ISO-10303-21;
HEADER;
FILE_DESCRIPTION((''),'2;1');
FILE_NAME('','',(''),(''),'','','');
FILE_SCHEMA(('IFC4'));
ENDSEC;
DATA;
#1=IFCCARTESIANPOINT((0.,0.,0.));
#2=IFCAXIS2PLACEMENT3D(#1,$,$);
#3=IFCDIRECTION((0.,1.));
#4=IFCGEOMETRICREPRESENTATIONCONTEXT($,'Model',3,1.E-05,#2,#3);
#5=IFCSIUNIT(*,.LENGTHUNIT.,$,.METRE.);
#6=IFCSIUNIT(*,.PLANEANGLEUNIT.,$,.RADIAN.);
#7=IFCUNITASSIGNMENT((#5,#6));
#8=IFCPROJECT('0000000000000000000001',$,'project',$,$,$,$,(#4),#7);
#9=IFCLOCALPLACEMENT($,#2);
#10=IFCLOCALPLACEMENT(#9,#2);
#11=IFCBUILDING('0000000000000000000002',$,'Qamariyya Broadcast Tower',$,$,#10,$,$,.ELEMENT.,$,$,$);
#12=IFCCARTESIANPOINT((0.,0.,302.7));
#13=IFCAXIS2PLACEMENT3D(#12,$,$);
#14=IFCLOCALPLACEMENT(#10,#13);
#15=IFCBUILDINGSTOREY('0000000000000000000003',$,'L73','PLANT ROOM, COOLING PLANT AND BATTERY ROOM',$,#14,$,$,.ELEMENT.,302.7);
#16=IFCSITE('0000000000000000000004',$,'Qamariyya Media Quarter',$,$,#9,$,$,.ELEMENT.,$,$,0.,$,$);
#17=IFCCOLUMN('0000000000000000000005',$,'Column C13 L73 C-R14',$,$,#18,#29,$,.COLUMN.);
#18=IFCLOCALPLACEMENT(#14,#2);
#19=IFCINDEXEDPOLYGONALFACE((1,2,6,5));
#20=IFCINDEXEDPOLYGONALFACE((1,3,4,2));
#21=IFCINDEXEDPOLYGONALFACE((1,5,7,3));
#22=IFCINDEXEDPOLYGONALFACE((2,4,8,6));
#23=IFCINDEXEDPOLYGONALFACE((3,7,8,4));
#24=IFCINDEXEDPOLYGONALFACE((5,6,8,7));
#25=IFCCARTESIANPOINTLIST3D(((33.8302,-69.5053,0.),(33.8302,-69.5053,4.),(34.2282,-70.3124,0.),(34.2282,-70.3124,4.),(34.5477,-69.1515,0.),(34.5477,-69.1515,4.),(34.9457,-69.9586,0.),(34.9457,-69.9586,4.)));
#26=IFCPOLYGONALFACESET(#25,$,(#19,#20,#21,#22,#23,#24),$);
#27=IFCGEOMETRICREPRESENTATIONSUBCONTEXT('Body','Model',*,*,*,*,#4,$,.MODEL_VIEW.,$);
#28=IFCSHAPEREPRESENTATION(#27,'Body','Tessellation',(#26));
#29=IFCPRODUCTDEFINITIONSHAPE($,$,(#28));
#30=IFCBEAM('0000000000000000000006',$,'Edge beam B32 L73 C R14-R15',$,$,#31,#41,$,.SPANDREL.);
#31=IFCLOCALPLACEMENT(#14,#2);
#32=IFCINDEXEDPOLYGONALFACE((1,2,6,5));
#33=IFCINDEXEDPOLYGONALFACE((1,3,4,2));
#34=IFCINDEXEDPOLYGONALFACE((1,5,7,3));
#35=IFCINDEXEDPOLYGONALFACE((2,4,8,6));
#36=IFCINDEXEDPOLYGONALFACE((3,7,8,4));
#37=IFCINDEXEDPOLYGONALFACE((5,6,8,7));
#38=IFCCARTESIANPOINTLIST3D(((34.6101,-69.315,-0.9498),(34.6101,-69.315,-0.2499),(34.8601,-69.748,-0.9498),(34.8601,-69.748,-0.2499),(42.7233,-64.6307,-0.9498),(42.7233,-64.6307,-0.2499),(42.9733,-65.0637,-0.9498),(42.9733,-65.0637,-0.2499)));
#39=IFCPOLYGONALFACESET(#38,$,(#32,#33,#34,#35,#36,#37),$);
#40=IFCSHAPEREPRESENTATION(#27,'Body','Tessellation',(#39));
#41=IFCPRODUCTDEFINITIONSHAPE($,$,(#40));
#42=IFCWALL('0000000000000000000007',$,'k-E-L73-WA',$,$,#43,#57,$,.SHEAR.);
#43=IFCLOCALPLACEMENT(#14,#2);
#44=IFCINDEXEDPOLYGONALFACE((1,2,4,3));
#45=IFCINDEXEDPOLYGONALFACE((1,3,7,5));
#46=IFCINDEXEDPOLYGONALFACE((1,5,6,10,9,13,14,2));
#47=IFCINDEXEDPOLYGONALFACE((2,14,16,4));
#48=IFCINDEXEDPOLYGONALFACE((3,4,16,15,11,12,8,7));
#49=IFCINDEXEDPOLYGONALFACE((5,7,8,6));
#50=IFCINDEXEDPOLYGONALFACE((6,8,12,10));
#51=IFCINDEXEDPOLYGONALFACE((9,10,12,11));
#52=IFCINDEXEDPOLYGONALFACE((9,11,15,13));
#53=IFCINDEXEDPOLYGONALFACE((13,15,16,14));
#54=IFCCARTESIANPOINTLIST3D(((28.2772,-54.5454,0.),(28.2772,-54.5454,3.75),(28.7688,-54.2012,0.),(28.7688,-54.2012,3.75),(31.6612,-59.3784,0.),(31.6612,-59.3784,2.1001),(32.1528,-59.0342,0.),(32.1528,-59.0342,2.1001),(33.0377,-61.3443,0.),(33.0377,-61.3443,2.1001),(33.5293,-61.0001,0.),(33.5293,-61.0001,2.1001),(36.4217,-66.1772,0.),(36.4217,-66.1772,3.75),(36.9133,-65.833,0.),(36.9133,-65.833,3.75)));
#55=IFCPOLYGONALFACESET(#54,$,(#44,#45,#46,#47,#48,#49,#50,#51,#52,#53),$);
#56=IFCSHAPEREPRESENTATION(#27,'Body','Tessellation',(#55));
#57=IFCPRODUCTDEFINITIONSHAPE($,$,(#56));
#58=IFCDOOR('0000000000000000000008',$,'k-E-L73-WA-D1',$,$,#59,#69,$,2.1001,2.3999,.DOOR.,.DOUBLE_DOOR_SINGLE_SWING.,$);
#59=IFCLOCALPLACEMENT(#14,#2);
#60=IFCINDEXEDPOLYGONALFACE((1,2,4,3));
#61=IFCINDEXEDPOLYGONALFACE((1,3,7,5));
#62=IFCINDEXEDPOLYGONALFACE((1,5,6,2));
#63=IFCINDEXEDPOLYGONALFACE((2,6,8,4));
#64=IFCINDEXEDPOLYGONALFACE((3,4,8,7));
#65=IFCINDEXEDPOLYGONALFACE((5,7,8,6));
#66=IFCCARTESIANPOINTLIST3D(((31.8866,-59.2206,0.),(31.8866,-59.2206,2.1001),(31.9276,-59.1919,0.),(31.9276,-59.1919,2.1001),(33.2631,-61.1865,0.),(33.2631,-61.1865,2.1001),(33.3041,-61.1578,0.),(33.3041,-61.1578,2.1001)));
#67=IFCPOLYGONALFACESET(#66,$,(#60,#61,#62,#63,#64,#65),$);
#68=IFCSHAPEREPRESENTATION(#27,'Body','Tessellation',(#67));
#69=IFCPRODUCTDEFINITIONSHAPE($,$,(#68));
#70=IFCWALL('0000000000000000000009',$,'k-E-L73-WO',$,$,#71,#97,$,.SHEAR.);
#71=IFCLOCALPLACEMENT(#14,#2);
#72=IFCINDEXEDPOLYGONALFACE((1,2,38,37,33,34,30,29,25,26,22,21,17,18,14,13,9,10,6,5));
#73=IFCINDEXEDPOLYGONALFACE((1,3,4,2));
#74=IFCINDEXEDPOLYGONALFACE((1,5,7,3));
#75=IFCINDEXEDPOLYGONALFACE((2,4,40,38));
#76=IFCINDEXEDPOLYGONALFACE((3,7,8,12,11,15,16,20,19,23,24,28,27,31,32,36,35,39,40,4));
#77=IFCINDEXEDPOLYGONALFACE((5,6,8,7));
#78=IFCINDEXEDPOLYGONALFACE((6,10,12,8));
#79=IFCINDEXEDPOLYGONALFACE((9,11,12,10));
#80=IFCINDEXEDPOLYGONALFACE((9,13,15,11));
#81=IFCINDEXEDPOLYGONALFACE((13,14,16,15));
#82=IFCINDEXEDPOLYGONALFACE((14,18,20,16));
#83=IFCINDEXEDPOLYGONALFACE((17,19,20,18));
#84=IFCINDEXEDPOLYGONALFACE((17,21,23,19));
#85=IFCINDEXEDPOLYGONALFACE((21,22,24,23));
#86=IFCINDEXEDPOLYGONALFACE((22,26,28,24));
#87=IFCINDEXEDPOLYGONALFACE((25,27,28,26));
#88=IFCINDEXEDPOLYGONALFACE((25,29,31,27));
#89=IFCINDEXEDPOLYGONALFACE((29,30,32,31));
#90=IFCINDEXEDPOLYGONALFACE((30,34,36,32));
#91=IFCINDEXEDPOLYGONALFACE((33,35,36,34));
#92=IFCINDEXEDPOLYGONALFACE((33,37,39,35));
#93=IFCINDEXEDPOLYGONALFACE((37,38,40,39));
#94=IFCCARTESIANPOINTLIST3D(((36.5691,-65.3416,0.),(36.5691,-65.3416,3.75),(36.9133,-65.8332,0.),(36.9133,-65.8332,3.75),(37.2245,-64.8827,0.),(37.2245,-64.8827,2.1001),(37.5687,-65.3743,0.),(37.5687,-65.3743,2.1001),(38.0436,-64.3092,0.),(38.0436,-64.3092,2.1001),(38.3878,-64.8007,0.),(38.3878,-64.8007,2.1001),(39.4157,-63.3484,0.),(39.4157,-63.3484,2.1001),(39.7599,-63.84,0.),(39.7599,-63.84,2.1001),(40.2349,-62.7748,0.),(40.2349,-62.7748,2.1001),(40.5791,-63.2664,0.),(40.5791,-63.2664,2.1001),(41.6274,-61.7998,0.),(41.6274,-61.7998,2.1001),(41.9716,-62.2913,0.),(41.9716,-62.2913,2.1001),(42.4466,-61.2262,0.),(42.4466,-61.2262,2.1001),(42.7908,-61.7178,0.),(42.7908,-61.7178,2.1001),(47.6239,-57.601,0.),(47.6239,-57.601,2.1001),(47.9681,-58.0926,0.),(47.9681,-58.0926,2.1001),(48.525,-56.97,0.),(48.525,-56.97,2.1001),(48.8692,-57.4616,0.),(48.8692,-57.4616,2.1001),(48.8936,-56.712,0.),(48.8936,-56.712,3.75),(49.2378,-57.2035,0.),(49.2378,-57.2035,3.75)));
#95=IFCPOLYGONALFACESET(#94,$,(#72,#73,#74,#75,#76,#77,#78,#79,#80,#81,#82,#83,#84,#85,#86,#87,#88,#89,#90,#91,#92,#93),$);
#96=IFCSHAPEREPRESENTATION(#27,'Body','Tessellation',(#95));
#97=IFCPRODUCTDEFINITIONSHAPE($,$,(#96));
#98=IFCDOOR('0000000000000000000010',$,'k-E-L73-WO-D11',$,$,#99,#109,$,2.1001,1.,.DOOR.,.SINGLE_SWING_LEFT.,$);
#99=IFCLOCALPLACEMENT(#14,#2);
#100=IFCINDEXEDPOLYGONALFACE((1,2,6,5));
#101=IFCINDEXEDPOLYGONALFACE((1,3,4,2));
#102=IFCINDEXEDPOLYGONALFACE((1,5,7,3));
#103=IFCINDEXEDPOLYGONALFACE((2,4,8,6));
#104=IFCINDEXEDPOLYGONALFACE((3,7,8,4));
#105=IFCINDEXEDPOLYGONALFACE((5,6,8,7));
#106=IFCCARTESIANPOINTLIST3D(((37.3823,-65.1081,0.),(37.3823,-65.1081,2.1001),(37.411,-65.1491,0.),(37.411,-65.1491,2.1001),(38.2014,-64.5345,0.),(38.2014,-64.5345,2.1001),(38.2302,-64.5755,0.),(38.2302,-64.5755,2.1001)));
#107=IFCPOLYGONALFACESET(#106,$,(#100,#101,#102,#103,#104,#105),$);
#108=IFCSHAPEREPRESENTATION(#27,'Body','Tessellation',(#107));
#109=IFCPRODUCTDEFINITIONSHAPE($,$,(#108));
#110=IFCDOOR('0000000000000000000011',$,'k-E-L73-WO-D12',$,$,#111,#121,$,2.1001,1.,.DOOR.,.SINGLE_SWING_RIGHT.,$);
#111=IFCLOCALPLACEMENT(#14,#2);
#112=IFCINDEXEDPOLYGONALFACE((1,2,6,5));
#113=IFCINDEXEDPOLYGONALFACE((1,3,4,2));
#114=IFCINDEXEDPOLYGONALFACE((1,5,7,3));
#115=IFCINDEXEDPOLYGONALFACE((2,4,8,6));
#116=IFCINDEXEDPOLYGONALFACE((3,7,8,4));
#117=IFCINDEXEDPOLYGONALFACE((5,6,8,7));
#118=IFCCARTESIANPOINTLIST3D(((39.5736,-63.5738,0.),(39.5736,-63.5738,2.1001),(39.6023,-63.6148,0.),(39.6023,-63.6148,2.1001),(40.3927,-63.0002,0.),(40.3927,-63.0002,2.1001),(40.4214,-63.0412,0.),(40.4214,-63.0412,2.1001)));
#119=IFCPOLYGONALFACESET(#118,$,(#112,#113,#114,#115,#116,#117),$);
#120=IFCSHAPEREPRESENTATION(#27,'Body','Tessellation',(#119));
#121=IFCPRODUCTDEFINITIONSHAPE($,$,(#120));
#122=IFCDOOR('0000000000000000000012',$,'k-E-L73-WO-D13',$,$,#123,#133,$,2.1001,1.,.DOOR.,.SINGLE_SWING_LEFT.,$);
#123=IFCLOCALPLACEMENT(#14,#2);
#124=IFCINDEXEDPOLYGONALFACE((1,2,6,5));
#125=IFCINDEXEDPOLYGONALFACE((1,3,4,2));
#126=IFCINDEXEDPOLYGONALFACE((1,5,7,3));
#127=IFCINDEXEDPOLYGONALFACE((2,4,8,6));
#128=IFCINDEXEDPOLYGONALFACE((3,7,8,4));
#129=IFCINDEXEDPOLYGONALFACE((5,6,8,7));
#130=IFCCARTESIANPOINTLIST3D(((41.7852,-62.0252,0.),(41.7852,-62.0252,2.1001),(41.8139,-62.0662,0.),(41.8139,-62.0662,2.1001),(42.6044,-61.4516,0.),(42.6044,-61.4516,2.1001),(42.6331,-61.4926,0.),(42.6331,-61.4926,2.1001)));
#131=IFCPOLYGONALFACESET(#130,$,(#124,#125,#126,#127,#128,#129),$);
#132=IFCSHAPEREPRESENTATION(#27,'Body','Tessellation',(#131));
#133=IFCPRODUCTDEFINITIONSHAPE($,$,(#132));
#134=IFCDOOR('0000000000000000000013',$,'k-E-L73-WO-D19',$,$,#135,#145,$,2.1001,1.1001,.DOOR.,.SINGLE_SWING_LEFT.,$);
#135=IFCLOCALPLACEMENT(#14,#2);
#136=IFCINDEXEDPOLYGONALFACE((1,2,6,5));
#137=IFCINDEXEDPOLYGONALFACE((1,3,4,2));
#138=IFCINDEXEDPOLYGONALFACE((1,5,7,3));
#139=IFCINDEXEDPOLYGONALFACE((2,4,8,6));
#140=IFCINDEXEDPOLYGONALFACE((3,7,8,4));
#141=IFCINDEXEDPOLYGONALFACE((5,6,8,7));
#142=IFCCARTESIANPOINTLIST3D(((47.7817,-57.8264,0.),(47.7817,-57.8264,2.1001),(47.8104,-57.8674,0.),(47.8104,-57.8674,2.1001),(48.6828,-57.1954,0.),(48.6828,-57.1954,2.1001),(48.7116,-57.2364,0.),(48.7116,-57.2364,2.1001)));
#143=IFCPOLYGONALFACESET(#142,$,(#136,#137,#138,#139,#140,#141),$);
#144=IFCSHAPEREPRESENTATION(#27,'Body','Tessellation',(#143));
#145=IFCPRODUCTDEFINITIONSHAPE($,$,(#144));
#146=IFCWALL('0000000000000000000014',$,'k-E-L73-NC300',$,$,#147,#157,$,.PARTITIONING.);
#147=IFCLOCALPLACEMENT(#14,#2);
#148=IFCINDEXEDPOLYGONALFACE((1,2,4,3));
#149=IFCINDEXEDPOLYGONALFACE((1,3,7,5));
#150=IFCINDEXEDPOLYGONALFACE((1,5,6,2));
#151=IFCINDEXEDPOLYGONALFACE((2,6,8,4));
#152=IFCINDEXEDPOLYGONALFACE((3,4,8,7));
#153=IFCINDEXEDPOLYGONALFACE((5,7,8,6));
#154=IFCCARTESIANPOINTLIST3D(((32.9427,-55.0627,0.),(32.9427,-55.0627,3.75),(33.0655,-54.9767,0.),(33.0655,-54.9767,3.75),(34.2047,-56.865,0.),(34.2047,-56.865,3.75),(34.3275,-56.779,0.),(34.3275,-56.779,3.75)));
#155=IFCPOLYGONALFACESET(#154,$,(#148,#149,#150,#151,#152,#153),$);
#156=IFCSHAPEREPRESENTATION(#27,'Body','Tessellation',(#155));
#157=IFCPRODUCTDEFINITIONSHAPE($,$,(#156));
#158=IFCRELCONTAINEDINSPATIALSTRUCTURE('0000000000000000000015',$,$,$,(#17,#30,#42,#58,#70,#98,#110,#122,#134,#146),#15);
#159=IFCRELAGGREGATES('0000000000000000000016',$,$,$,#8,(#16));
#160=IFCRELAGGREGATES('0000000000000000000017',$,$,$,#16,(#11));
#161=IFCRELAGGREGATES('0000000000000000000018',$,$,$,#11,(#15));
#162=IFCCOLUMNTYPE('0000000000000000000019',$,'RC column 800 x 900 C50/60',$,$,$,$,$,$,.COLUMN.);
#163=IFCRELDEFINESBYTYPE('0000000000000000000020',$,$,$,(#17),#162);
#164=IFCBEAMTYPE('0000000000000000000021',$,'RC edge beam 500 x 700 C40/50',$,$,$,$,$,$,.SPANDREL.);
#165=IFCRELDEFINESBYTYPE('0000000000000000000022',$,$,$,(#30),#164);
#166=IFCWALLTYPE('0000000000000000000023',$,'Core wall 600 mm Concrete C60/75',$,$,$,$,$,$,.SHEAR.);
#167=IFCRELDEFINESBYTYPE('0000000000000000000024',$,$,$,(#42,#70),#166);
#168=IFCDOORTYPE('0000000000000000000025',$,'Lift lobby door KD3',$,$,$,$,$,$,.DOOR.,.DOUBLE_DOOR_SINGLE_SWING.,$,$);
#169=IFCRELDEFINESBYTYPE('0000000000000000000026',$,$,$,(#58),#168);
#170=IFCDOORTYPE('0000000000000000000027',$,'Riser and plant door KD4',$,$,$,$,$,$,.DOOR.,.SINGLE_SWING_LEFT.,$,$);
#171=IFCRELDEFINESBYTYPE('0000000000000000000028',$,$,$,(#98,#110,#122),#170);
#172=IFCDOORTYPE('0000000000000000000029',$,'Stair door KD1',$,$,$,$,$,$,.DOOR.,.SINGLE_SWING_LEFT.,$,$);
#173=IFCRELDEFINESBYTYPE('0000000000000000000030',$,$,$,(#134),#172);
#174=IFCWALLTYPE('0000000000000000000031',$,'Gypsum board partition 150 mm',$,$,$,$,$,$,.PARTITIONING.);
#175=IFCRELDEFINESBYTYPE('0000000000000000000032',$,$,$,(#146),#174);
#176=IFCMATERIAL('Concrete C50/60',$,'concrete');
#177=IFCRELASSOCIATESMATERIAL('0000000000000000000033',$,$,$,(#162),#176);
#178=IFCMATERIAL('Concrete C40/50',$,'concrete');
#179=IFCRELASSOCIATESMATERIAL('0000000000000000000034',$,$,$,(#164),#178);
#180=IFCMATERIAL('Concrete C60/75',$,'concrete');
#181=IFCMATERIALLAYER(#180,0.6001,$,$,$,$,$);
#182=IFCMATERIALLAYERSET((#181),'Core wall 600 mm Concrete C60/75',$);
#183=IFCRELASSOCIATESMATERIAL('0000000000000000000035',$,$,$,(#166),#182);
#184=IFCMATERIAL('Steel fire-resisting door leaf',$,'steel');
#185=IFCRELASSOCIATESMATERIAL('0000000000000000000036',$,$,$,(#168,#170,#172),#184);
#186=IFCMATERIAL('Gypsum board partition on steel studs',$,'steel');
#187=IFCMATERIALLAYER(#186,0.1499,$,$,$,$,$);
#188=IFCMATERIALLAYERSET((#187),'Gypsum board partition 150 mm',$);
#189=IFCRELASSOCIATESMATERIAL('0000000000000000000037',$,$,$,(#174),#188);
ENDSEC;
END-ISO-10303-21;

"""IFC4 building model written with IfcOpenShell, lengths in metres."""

from ifc_helpers import new_model, si_unit, direction, frame, frame_2d, origin, origin_2d, place, context, subcontext, project, spatial, rectangle, extrude, material, layer, layer_set, material_profile, profile_set, type_object, element, fill, save


model = new_model("IFC4")

# Units and contexts
model_context = context("Model", 3, precision=1e-05, world=origin(), true_north=direction((0.0, 1.0)))
body_context = subcontext(model_context, "Body", "Model", "MODEL_VIEW")
ifc_project = project(units=[si_unit("LENGTHUNIT", "METRE"), si_unit("PLANEANGLEUNIT", "RADIAN")], contexts=[model_context])

# Site, building, storey
site_placement = place(None, origin())
site = spatial("IfcSite", under=ifc_project, at=site_placement, Name="Qamariyya Media Quarter", CompositionType="ELEMENT", RefElevation=0.0)
building_placement = place(site_placement, origin())
building = spatial("IfcBuilding", under=site, at=building_placement, Name="Qamariyya Broadcast Tower", CompositionType="ELEMENT")
storey_placement = place(building_placement, frame((0.0, 0.0, 302.7)))
storey = spatial("IfcBuildingStorey", under=building, at=storey_placement, Name="L73", Description="PLANT ROOM, COOLING PLANT AND BATTERY ROOM", CompositionType="ELEMENT", Elevation=302.7)

# Column
ifc_material_1 = material(Name="Concrete C50/60", Category="concrete")
ifc_material_profile_1 = material_profile(ifc_material_1, rectangle(XDim=0.8, YDim=0.8999, at=origin_2d()))
ifc_profile_set_1 = profile_set([ifc_material_profile_1], Name="Concrete C50/60")
column_type = type_object("IfcColumnType", Name="RC column 800 x 900 C50/60", PredefinedType="COLUMN", material=ifc_profile_set_1)
column_placement = place(storey_placement, frame((34.3879, -69.7319, 0.0), z_axis=(0.0, 0.0, 1.0), x_axis=(0.896873, 0.442289, 0.0)))
element("IfcColumn", 1, at=column_placement, inside=storey, type_object=column_type, Name="Column C13 L73 C-R14", PredefinedType="COLUMN", context=body_context, shape_type="SweptSolid", body=[
    extrude(rectangle(XDim=0.8, YDim=0.8999, at=origin_2d()), origin(), (0.0, 0.0, 1.0), 4.0),
])

# Beam
ifc_material_2 = material(Name="Concrete C40/50", Category="concrete")
ifc_material_profile_2 = material_profile(ifc_material_2, rectangle(XDim=0.5, YDim=0.7, at=origin_2d()))
ifc_profile_set_2 = profile_set([ifc_material_profile_2], Name="Concrete C40/50")
beam_type = type_object("IfcBeamType", Name="RC edge beam 500 x 700 C40/50", PredefinedType="SPANDREL", material=ifc_profile_set_2)
beam_placement = place(storey_placement, frame((34.7351, -69.5315, -0.5999), z_axis=(0.86602, 0.50001, 0.0), x_axis=(-0.50001, 0.86602, 0.0)))
element("IfcBeam", 2, at=beam_placement, inside=storey, type_object=beam_type, Name="Edge beam B32 L73 C R14-R15", PredefinedType="SPANDREL", context=body_context, shape_type="SweptSolid", body=[
    extrude(rectangle(XDim=0.5, YDim=0.7, at=origin_2d()), origin(), (0.0, 0.0, 1.0), 9.3684),
])

# Wall, opening, door
ifc_material_3 = material(Name="Concrete C60/75", Category="concrete")
ifc_layer_1 = layer(ifc_material_3, 0.6001)
ifc_layer_set_1 = layer_set([ifc_layer_1], Name="Core wall 600 mm Concrete C60/75")
wall_type_1 = type_object("IfcWallType", Name="Core wall 600 mm Concrete C60/75", PredefinedType="SHEAR", material=ifc_layer_set_1)
wall_1_placement = place(storey_placement, frame((36.6675, -66.0051, 0.0), z_axis=(0.0, 0.0, 1.0), x_axis=(-0.573568, 0.819158, 0.0)))
wall_1 = element("IfcWall", 3, at=wall_1_placement, inside=storey, type_object=wall_type_1, Name="k-E-L73-WA", PredefinedType="SHEAR", context=body_context, shape_type="SweptSolid", body=[
    extrude(rectangle(XDim=14.1997, YDim=0.6001, at=frame_2d((7.0999, 0.0))), origin(), (0.0, 0.0, 1.0), 3.75),
])
opening_1_placement = place(wall_1_placement, frame((5.8999, 0.0, 0.0)))
opening_1 = element("IfcOpeningElement", 4, at=opening_1_placement, cuts=wall_1, PredefinedType="OPENING", context=body_context, shape_type="SweptSolid", body=[
    extrude(rectangle(XDim=2.3999, YDim=2.1001, at=frame_2d((1.2, 1.05))), frame((0.0, 0.3101, 0.0), z_axis=(0.0, -1.0, 0.0), x_axis=(1.0, 0.0, 0.0)), (0.0, 0.0, 1.0), 0.6201),
])
ifc_material_4 = material(Name="Steel fire-resisting door leaf", Category="steel")
door_type_1 = type_object("IfcDoorType", Name="Lift lobby door KD3", OperationType="DOUBLE_DOOR_SINGLE_SWING", PredefinedType="DOOR", material=ifc_material_4)
door_1_placement = place(opening_1_placement, origin())
door_1 = element("IfcDoor", 5, at=door_1_placement, inside=storey, type_object=door_type_1, Name="k-E-L73-WA-D1", OperationType="DOUBLE_DOOR_SINGLE_SWING", OverallHeight=2.1001, OverallWidth=2.3999, PredefinedType="DOOR", context=body_context, shape_type="SweptSolid", body=[
    extrude(rectangle(XDim=2.3999, YDim=2.1001, at=frame_2d((1.2, 1.05))), frame((0.0, 0.0249, 0.0), z_axis=(0.0, -1.0, 0.0), x_axis=(1.0, 0.0, 0.0)), (0.0, 0.0, 1.0), 0.05),
])
fill(opening_1, door_1)

# Wall, openings, doors
wall_2_placement = place(storey_placement, frame((36.7412, -65.5874, 0.0), z_axis=(0.0, 0.0, 1.0), x_axis=(0.819153, 0.573575, 0.0)))
wall_2 = element("IfcWall", 6, at=wall_2_placement, inside=storey, type_object=wall_type_1, Name="k-E-L73-WO", PredefinedType="SHEAR", context=body_context, shape_type="SweptSolid", body=[
    extrude(rectangle(XDim=15.0454, YDim=0.6001, at=frame_2d((7.5227, 0.0))), origin(), (0.0, 0.0, 1.0), 3.75),
])
opening_2_placement = place(wall_2_placement, frame((0.8, 0.0, 0.0)))
opening_2 = element("IfcOpeningElement", 7, at=opening_2_placement, cuts=wall_2, PredefinedType="OPENING", context=body_context, shape_type="SweptSolid", body=[
    extrude(rectangle(XDim=1.0, YDim=2.1001, at=frame_2d((0.5, 1.05))), frame((0.0, 0.3101, 0.0), z_axis=(0.0, -1.0, 0.0), x_axis=(1.0, 0.0, 0.0)), (0.0, 0.0, 1.0), 0.6201),
])
opening_3_placement = place(wall_2_placement, frame((3.4751, 0.0, 0.0)))
opening_3 = element("IfcOpeningElement", 8, at=opening_3_placement, cuts=wall_2, PredefinedType="OPENING", context=body_context, shape_type="SweptSolid", body=[
    extrude(rectangle(XDim=1.0, YDim=2.1001, at=frame_2d((0.5, 1.05))), frame((0.0, 0.3101, 0.0), z_axis=(0.0, -1.0, 0.0), x_axis=(1.0, 0.0, 0.0)), (0.0, 0.0, 1.0), 0.6201),
])
opening_4_placement = place(wall_2_placement, frame((6.175, 0.0, 0.0)))
opening_4 = element("IfcOpeningElement", 9, at=opening_4_placement, cuts=wall_2, PredefinedType="OPENING", context=body_context, shape_type="SweptSolid", body=[
    extrude(rectangle(XDim=1.0, YDim=2.1001, at=frame_2d((0.5, 1.05))), frame((0.0, 0.3101, 0.0), z_axis=(0.0, -1.0, 0.0), x_axis=(1.0, 0.0, 0.0)), (0.0, 0.0, 1.0), 0.6201),
])
opening_5_placement = place(wall_2_placement, frame((13.4954, 0.0, 0.0)))
opening_5 = element("IfcOpeningElement", 10, at=opening_5_placement, cuts=wall_2, PredefinedType="OPENING", context=body_context, shape_type="SweptSolid", body=[
    extrude(rectangle(XDim=1.1001, YDim=2.1001, at=frame_2d((0.55, 1.05))), frame((0.0, 0.3101, 0.0), z_axis=(0.0, -1.0, 0.0), x_axis=(1.0, 0.0, 0.0)), (0.0, 0.0, 1.0), 0.6201),
])
door_type_2 = type_object("IfcDoorType", Name="Riser and plant door KD4", OperationType="SINGLE_SWING_LEFT", PredefinedType="DOOR", material=ifc_material_4)
door_2_placement = place(opening_2_placement, origin())
door_2 = element("IfcDoor", 11, at=door_2_placement, inside=storey, type_object=door_type_2, Name="k-E-L73-WO-D11", OperationType="SINGLE_SWING_LEFT", OverallHeight=2.1001, OverallWidth=1.0, PredefinedType="DOOR", context=body_context, shape_type="SweptSolid", body=[
    extrude(rectangle(XDim=1.0, YDim=2.1001, at=frame_2d((0.5, 1.05))), frame((0.0, 0.0249, 0.0), z_axis=(0.0, -1.0, 0.0), x_axis=(1.0, 0.0, 0.0)), (0.0, 0.0, 1.0), 0.05),
])
fill(opening_2, door_2)
door_3_placement = place(opening_3_placement, origin())
door_3 = element("IfcDoor", 12, at=door_3_placement, inside=storey, type_object=door_type_2, Name="k-E-L73-WO-D12", OperationType="SINGLE_SWING_RIGHT", OverallHeight=2.1001, OverallWidth=1.0, PredefinedType="DOOR", context=body_context, shape_type="SweptSolid", body=[
    extrude(rectangle(XDim=1.0, YDim=2.1001, at=frame_2d((0.5, 1.05))), frame((0.0, 0.0249, 0.0), z_axis=(0.0, -1.0, 0.0), x_axis=(1.0, 0.0, 0.0)), (0.0, 0.0, 1.0), 0.05),
])
fill(opening_3, door_3)
door_4_placement = place(opening_4_placement, origin())
door_4 = element("IfcDoor", 13, at=door_4_placement, inside=storey, type_object=door_type_2, Name="k-E-L73-WO-D13", OperationType="SINGLE_SWING_LEFT", OverallHeight=2.1001, OverallWidth=1.0, PredefinedType="DOOR", context=body_context, shape_type="SweptSolid", body=[
    extrude(rectangle(XDim=1.0, YDim=2.1001, at=frame_2d((0.5, 1.05))), frame((0.0, 0.0249, 0.0), z_axis=(0.0, -1.0, 0.0), x_axis=(1.0, 0.0, 0.0)), (0.0, 0.0, 1.0), 0.05),
])
fill(opening_4, door_4)
door_type_3 = type_object("IfcDoorType", Name="Stair door KD1", OperationType="SINGLE_SWING_LEFT", PredefinedType="DOOR", material=ifc_material_4)
door_5_placement = place(opening_5_placement, origin())
door_5 = element("IfcDoor", 14, at=door_5_placement, inside=storey, type_object=door_type_3, Name="k-E-L73-WO-D19", OperationType="SINGLE_SWING_LEFT", OverallHeight=2.1001, OverallWidth=1.1001, PredefinedType="DOOR", context=body_context, shape_type="SweptSolid", body=[
    extrude(rectangle(XDim=1.1001, YDim=2.1001, at=frame_2d((0.55, 1.05))), frame((0.0, 0.0249, 0.0), z_axis=(0.0, -1.0, 0.0), x_axis=(1.0, 0.0, 0.0)), (0.0, 0.0, 1.0), 0.05),
])
fill(opening_5, door_5)

# Wall
ifc_material_5 = material(Name="Gypsum board partition on steel studs", Category="steel")
ifc_layer_2 = layer(ifc_material_5, 0.1499)
ifc_layer_set_2 = layer_set([ifc_layer_2], Name="Gypsum board partition 150 mm")
wall_type_2 = type_object("IfcWallType", Name="Gypsum board partition 150 mm", PredefinedType="PARTITIONING", material=ifc_layer_set_2)
wall_3_placement = place(storey_placement, frame((34.2661, -56.822, 0.0), z_axis=(0.0, 0.0, 1.0), x_axis=(-0.573581, 0.819149, 0.0)))
element("IfcWall", 15, at=wall_3_placement, inside=storey, type_object=wall_type_2, Name="k-E-L73-NC300", PredefinedType="PARTITIONING", context=body_context, shape_type="SweptSolid", body=[
    extrude(rectangle(XDim=2.2002, YDim=0.1499, at=frame_2d((1.1001, 0.0))), origin(), (0.0, 0.0, 1.0), 3.75),
])

save(model, "model.ifc")
